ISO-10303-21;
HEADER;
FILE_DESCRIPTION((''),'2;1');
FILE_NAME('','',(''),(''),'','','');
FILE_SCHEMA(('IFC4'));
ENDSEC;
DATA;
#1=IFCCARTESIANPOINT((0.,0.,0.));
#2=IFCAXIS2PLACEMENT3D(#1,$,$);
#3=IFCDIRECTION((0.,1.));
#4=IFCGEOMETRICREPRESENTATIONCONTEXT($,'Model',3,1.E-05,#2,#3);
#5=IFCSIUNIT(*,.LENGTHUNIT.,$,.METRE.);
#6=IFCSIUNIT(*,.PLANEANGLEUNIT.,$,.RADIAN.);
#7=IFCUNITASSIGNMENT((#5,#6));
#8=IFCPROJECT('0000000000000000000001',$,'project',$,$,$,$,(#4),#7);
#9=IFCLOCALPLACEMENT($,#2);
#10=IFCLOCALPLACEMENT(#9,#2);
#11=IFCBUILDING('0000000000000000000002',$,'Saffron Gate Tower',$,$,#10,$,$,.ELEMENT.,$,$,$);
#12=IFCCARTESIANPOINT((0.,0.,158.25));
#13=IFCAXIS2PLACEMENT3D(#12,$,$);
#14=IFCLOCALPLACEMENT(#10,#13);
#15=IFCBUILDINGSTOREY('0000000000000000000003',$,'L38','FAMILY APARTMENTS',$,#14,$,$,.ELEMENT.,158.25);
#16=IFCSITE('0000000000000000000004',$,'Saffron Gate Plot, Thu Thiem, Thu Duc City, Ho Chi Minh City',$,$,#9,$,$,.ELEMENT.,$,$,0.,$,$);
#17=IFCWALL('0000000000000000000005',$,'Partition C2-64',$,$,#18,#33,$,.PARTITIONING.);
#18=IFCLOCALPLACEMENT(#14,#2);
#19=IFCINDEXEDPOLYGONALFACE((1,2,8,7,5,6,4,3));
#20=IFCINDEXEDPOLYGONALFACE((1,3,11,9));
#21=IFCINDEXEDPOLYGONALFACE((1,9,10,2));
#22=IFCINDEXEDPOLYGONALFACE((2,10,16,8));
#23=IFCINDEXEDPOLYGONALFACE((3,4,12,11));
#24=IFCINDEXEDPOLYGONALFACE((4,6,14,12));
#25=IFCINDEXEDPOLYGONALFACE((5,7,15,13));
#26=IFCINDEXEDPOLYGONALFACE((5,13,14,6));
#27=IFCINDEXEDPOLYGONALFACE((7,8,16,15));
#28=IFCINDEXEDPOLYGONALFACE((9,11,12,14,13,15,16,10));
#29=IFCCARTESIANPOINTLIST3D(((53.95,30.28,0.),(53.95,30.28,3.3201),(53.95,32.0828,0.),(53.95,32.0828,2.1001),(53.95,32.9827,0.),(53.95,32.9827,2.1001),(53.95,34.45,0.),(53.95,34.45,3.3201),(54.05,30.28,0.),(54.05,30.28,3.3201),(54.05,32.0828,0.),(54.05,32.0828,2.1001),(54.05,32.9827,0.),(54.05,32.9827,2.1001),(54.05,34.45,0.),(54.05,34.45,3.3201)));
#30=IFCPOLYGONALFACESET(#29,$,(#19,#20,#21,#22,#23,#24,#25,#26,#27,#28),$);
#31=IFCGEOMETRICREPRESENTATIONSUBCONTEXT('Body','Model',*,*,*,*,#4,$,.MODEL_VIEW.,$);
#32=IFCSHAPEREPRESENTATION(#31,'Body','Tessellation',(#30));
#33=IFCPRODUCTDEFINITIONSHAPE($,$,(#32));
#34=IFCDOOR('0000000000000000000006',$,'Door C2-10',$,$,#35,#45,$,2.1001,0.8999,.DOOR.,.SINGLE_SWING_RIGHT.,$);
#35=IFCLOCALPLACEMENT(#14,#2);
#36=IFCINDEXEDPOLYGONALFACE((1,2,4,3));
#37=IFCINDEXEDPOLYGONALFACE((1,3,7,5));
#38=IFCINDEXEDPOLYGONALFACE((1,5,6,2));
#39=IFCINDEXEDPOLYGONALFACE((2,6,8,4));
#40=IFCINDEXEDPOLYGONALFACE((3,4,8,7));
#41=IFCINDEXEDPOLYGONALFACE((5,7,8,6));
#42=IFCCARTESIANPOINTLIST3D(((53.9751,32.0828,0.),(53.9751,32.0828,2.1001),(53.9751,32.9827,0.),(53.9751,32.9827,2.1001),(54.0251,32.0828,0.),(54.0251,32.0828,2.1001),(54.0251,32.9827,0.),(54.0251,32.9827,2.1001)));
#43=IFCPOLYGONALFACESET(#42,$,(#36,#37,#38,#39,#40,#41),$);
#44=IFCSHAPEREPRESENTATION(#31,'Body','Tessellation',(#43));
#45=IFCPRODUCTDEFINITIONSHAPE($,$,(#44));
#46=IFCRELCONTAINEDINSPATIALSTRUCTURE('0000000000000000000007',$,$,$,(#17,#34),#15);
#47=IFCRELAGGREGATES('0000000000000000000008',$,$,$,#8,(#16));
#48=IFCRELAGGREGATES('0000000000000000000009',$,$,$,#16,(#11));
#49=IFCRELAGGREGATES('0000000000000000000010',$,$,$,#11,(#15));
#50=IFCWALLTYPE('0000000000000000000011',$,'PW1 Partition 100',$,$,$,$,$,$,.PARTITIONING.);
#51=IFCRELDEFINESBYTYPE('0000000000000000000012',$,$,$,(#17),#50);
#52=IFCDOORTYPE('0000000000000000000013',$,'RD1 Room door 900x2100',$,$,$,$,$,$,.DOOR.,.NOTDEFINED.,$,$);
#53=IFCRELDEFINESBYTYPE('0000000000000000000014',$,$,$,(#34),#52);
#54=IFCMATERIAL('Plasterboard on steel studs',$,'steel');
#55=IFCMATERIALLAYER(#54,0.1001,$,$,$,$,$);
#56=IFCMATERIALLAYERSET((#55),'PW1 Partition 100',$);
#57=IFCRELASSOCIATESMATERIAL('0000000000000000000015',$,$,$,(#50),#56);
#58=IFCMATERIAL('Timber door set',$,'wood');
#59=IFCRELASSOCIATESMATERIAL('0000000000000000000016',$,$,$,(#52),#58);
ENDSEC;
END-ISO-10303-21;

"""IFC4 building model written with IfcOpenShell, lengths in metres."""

from ifc_helpers import new_model, si_unit, direction, frame, frame_2d, origin, place, context, subcontext, project, spatial, rectangle, extrude, material, layer, layer_set, type_object, element, fill, save


model = new_model("IFC4")

# Units and contexts
model_context = context("Model", 3, precision=1e-05, world=origin(), true_north=direction((0.0, 1.0)))
body_context = subcontext(model_context, "Body", "Model", "MODEL_VIEW")
ifc_project = project(units=[si_unit("LENGTHUNIT", "METRE"), si_unit("PLANEANGLEUNIT", "RADIAN")], contexts=[model_context])

# Site, building, storey
site_placement = place(None, origin())
site = spatial("IfcSite", under=ifc_project, at=site_placement, Name="Saffron Gate Plot, Thu Thiem, Thu Duc City, Ho Chi Minh City", CompositionType="ELEMENT", RefElevation=0.0)
building_placement = place(site_placement, origin())
building = spatial("IfcBuilding", under=site, at=building_placement, Name="Saffron Gate Tower", CompositionType="ELEMENT")
storey_placement = place(building_placement, frame((0.0, 0.0, 158.25)))
storey = spatial("IfcBuildingStorey", under=building, at=storey_placement, Name="L38", Description="FAMILY APARTMENTS", CompositionType="ELEMENT", Elevation=158.25)

# Shared definitions
ifc_material_1 = material(Name="Plasterboard on steel studs", Category="steel")
ifc_layer_1 = layer(ifc_material_1, 0.1001)
ifc_layer_set_1 = layer_set([ifc_layer_1], Name="PW1 Partition 100")
wall_type = type_object("IfcWallType", Name="PW1 Partition 100", PredefinedType="PARTITIONING", material=ifc_layer_set_1)

# Wall, opening, door
ifc_material_2 = material(Name="Timber door set", Category="wood")
door_type = type_object("IfcDoorType", Name="RD1 Room door 900x2100", OperationType="NOTDEFINED", PredefinedType="DOOR", material=ifc_material_2)
wall_1_placement = place(storey_placement, frame((54.0, 30.28, 0.0), z_axis=(0.0, 0.0, 1.0), x_axis=(0.0, 1.0, 0.0)))
wall_1 = element("IfcWall", 1, at=wall_1_placement, inside=storey, type_object=wall_type, Name="Partition C2-64", PredefinedType="PARTITIONING", context=body_context, shape_type="SweptSolid", body=[
    extrude(rectangle(XDim=4.1699, YDim=0.1001, at=frame_2d((2.085, 0.0))), origin(), (0.0, 0.0, 1.0), 3.3201),
])
opening_1_placement = place(wall_1_placement, frame((1.8027, 0.0, 0.0)))
opening_1 = element("IfcOpeningElement", 2, at=opening_1_placement, cuts=wall_1, PredefinedType="OPENING", context=body_context, shape_type="SweptSolid", body=[
    extrude(rectangle(XDim=0.8999, YDim=2.1001, at=frame_2d((0.45, 1.05))), frame((0.0, 0.0601, 0.0), z_axis=(0.0, -1.0, 0.0), x_axis=(1.0, 0.0, 0.0)), (0.0, 0.0, 1.0), 0.1201),
])
door_1_placement = place(opening_1_placement, origin())
door_1 = element("IfcDoor", 3, at=door_1_placement, inside=storey, type_object=door_type, Name="Door C2-10", OperationType="SINGLE_SWING_RIGHT", OverallHeight=2.1001, OverallWidth=0.8999, PredefinedType="DOOR", context=body_context, shape_type="SweptSolid", body=[
    extrude(rectangle(XDim=0.8999, YDim=2.1001, at=frame_2d((0.45, 1.05))), frame((0.0, 0.0249, 0.0), z_axis=(0.0, -1.0, 0.0), x_axis=(1.0, 0.0, 0.0)), (0.0, 0.0, 1.0), 0.05),
])
fill(opening_1, door_1)

save(model, "model.ifc")
